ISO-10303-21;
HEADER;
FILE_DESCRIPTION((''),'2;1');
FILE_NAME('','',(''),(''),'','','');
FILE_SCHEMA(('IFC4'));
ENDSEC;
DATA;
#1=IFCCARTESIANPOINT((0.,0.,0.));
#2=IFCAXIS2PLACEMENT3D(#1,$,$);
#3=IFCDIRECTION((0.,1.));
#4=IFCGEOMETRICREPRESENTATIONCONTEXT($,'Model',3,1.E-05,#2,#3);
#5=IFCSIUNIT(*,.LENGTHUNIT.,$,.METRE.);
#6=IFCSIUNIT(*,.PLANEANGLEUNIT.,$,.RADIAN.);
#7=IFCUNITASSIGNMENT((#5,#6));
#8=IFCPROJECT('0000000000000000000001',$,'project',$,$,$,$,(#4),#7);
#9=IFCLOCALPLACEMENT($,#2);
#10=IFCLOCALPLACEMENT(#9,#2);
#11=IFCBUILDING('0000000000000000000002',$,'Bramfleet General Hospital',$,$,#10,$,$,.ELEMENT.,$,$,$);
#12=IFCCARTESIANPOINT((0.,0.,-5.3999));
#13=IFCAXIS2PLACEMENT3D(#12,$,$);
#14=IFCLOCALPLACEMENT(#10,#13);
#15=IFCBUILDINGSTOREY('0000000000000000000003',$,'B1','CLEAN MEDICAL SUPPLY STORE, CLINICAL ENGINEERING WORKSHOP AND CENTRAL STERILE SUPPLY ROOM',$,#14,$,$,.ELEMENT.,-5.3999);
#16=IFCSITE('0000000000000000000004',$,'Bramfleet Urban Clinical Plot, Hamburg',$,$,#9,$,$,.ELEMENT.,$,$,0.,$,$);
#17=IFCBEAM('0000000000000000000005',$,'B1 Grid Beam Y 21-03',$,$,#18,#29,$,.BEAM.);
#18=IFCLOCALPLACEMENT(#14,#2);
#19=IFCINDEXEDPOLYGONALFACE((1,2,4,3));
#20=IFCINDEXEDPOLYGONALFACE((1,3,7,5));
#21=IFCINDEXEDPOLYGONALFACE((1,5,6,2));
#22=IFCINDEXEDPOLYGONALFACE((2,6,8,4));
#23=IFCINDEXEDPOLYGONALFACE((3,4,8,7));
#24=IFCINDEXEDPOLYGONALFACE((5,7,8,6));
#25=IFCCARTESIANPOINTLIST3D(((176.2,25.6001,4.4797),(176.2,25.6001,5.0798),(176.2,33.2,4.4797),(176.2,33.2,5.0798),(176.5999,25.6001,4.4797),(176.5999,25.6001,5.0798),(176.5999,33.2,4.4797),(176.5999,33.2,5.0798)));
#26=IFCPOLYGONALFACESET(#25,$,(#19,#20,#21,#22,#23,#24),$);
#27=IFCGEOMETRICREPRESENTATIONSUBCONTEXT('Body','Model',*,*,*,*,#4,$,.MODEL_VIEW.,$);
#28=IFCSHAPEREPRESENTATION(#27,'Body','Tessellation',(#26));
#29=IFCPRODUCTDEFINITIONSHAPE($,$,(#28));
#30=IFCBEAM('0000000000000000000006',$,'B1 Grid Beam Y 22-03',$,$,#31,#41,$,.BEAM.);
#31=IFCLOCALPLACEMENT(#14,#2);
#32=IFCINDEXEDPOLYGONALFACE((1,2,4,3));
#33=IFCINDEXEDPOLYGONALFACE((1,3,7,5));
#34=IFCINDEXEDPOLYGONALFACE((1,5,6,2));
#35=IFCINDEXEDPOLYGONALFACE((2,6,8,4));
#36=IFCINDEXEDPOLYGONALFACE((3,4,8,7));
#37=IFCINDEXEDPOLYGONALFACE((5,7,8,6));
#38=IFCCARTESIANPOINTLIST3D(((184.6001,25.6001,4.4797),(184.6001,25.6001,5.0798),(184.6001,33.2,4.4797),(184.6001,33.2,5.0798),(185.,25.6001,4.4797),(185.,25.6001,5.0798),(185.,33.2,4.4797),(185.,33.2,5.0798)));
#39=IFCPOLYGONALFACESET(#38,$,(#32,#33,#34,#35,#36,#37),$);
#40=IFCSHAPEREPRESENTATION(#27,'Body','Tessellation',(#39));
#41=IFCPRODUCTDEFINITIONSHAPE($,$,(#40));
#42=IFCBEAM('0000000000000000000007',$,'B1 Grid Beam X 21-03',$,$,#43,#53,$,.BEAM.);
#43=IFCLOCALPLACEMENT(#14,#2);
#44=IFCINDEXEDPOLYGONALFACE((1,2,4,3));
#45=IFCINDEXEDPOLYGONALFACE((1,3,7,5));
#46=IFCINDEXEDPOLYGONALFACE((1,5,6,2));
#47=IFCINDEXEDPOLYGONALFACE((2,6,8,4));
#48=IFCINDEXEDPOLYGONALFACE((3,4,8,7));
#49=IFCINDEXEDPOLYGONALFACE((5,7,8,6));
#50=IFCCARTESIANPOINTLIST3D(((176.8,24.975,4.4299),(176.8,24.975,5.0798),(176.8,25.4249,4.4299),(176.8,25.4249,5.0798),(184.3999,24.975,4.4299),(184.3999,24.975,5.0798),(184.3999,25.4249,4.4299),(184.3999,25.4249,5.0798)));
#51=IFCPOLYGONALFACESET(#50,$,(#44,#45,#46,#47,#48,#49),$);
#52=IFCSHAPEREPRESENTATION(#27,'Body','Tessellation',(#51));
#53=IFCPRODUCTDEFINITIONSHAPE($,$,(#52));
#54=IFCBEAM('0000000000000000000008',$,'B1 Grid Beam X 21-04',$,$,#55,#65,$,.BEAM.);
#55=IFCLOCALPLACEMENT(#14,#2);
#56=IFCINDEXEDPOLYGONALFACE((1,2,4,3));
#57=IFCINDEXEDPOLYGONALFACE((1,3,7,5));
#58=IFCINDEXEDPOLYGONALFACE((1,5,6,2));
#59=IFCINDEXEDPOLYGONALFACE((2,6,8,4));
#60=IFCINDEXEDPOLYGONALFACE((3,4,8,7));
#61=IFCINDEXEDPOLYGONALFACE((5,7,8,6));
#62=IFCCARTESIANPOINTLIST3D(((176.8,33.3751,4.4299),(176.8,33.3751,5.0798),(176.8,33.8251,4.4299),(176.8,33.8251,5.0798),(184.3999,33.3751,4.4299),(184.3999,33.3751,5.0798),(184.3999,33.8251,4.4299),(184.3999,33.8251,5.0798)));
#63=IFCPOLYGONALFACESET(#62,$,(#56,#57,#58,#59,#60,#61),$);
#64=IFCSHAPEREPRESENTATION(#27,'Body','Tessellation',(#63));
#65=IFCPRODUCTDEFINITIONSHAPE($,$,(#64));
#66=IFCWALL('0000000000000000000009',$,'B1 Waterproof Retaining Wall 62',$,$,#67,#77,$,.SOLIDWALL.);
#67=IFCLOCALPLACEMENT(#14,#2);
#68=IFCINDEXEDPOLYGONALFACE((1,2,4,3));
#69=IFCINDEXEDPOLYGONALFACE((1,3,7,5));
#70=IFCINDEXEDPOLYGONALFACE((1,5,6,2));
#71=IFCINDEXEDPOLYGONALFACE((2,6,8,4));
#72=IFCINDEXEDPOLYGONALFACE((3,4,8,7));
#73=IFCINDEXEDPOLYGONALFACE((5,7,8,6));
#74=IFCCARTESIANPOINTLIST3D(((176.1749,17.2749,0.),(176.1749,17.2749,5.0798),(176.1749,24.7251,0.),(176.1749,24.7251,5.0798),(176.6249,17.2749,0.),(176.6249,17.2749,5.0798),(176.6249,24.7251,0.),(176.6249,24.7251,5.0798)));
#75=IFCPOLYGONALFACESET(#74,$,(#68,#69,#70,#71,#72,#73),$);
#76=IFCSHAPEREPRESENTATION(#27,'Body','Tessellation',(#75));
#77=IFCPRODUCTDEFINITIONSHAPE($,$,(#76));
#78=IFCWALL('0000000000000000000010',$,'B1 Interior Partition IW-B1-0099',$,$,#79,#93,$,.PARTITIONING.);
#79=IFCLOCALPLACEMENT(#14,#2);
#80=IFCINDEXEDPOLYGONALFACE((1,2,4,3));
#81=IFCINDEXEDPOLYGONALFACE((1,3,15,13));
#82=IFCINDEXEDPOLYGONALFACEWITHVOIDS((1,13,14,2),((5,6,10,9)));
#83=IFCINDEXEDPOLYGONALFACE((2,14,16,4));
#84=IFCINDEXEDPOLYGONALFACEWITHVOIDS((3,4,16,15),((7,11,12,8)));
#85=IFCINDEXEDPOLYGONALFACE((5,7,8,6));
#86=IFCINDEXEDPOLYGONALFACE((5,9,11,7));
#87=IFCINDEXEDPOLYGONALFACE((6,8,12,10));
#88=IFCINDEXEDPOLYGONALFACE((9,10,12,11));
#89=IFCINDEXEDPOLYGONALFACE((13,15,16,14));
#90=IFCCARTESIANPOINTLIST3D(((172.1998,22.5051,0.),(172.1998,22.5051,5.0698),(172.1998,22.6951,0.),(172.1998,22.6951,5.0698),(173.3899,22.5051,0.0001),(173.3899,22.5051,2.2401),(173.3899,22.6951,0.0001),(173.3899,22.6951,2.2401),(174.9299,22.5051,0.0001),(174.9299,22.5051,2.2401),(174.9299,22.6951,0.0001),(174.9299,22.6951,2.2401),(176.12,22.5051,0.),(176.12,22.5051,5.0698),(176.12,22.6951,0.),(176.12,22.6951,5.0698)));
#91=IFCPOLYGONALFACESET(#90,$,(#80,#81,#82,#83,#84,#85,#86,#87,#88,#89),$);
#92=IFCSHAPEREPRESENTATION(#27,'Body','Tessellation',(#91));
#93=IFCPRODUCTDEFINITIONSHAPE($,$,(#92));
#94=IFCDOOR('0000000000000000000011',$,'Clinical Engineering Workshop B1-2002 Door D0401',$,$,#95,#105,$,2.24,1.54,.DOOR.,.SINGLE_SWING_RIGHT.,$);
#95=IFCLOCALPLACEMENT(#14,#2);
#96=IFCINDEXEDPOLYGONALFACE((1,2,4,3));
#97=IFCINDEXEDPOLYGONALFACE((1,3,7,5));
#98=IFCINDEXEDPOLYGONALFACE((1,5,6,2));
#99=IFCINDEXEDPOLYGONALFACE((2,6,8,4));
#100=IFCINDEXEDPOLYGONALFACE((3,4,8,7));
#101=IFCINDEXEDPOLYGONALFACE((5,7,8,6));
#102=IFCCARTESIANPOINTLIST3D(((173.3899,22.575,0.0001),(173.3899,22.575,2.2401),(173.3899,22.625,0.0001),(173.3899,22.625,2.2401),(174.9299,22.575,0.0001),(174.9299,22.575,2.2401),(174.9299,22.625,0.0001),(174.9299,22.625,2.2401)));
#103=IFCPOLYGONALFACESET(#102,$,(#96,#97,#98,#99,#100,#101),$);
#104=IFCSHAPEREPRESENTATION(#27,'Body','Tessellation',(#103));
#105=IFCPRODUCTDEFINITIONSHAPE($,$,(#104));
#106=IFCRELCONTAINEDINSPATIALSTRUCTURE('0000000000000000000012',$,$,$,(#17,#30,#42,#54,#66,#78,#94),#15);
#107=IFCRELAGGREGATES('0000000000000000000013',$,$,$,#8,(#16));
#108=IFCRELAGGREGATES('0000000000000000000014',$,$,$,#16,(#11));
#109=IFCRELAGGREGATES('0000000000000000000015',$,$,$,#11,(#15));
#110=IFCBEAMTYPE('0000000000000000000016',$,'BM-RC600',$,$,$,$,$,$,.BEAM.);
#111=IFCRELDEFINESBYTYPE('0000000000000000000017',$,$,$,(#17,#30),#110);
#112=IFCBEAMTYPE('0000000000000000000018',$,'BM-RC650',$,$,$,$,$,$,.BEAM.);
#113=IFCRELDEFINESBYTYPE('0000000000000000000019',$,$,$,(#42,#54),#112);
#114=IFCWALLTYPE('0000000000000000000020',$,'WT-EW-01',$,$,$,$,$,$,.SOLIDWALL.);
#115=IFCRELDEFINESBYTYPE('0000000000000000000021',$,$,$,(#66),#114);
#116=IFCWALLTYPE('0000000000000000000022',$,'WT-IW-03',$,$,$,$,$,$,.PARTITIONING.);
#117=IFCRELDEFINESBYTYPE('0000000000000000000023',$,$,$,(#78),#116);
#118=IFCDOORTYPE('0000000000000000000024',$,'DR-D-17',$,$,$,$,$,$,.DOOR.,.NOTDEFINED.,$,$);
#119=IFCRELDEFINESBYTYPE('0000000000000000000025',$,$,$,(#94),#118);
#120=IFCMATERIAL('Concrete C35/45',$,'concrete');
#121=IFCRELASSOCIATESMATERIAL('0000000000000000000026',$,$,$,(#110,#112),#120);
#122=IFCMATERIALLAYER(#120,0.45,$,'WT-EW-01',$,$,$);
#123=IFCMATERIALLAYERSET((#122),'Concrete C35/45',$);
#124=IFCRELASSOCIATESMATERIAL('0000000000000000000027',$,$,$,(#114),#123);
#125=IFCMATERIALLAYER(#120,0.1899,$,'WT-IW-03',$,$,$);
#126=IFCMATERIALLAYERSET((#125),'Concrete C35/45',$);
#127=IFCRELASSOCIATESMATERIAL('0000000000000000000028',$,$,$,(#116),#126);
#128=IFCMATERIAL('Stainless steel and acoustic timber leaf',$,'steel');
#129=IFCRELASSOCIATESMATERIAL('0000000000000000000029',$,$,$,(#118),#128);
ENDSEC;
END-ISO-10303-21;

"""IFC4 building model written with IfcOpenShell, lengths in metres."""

from ifc_helpers import new_model, si_unit, direction, frame, frame_2d, origin, origin_2d, place, context, subcontext, project, spatial, rectangle, extrude, material, layer, layer_set, material_profile, profile_set, type_object, element, fill, save


model = new_model("IFC4")

# Units and contexts
model_context = context("Model", 3, precision=1e-05, world=origin(), true_north=direction((0.0, 1.0)))
body_context = subcontext(model_context, "Body", "Model", "MODEL_VIEW")
ifc_project = project(units=[si_unit("LENGTHUNIT", "METRE"), si_unit("PLANEANGLEUNIT", "RADIAN")], contexts=[model_context])

# Site, building, storey
site_placement = place(None, origin())
site = spatial("IfcSite", under=ifc_project, at=site_placement, Name="Bramfleet Urban Clinical Plot, Hamburg", CompositionType="ELEMENT", RefElevation=0.0)
building_placement = place(site_placement, origin())
building = spatial("IfcBuilding", under=site, at=building_placement, Name="Bramfleet General Hospital", CompositionType="ELEMENT")
storey_placement = place(building_placement, frame((0.0, 0.0, -5.3999)))
storey = spatial("IfcBuildingStorey", under=building, at=storey_placement, Name="B1", Description="CLEAN MEDICAL SUPPLY STORE, CLINICAL ENGINEERING WORKSHOP AND CENTRAL STERILE SUPPLY ROOM", CompositionType="ELEMENT", Elevation=-5.3999)

# Shared definitions
ifc_material_1 = material(Name="Concrete C35/45", Category="concrete")

# Beams
ifc_material_profile_1 = material_profile(ifc_material_1, rectangle(XDim=0.3999, YDim=0.6001, at=origin_2d()), Name="RC BM 600x400")
ifc_profile_set_1 = profile_set([ifc_material_profile_1], Name="Concrete C35/45")
beam_type_1 = type_object("IfcBeamType", Name="BM-RC600", PredefinedType="BEAM", material=ifc_profile_set_1)
for number, where, z_axis, x_axis, name in (
    (1, (176.3999, 25.6001, 4.7798), (0.0, 1.0, 0.0), (-1.0, 0.0, 0.0), "B1 Grid Beam Y 21-03"),
    (2, (184.8, 25.6001, 4.7798), (0.0, 1.0, 0.0), (-1.0, 0.0, 0.0), "B1 Grid Beam Y 22-03"),
):
    element("IfcBeam", number, at=place(storey_placement, frame(where, z_axis=z_axis, x_axis=x_axis)), inside=storey, type_object=beam_type_1, Name=name, PredefinedType="BEAM", context=body_context, shape_type="SweptSolid", body=[
        extrude(rectangle(XDim=0.3999, YDim=0.6001, at=origin_2d()), origin(), (0.0, 0.0, 1.0), 7.5999),
    ])
ifc_material_profile_2 = material_profile(ifc_material_1, rectangle(XDim=0.45, YDim=0.6499, at=origin_2d()), Name="RC BM 650x450")
ifc_profile_set_2 = profile_set([ifc_material_profile_2], Name="Concrete C35/45")
beam_type_2 = type_object("IfcBeamType", Name="BM-RC650", PredefinedType="BEAM", material=ifc_profile_set_2)
for number, where, z_axis, x_axis, name in (
    (3, (176.8, 25.2, 4.7549), (1.0, 0.0, 0.0), (0.0, 1.0, 0.0), "B1 Grid Beam X 21-03"),
    (4, (176.8, 33.6001, 4.7549), (1.0, 0.0, 0.0), (0.0, 1.0, 0.0), "B1 Grid Beam X 21-04"),
):
    element("IfcBeam", number, at=place(storey_placement, frame(where, z_axis=z_axis, x_axis=x_axis)), inside=storey, type_object=beam_type_2, Name=name, PredefinedType="BEAM", context=body_context, shape_type="SweptSolid", body=[
        extrude(rectangle(XDim=0.45, YDim=0.6499, at=origin_2d()), origin(), (0.0, 0.0, 1.0), 7.5999),
    ])

# Wall
ifc_layer_1 = layer(ifc_material_1, 0.45, Name="WT-EW-01")
ifc_layer_set_1 = layer_set([ifc_layer_1], Name="Concrete C35/45")
wall_type_1 = type_object("IfcWallType", Name="WT-EW-01", PredefinedType="SOLIDWALL", material=ifc_layer_set_1)
wall_1_placement = place(storey_placement, frame((176.3999, 24.7251, 0.0), z_axis=(0.0, 0.0, 1.0), x_axis=(0.0, -1.0, 0.0)))
element("IfcWall", 5, at=wall_1_placement, inside=storey, type_object=wall_type_1, Name="B1 Waterproof Retaining Wall 62", PredefinedType="SOLIDWALL", context=body_context, shape_type="SweptSolid", body=[
    extrude(rectangle(XDim=7.4502, YDim=0.45, at=frame_2d((3.7251, 0.0))), origin(), (0.0, 0.0, 1.0), 5.0798),
])

# Wall, opening, door
ifc_layer_2 = layer(ifc_material_1, 0.1899, Name="WT-IW-03")
ifc_layer_set_2 = layer_set([ifc_layer_2], Name="Concrete C35/45")
wall_type_2 = type_object("IfcWallType", Name="WT-IW-03", PredefinedType="PARTITIONING", material=ifc_layer_set_2)
wall_2_placement = place(storey_placement, frame((172.2, 22.6001, 0.0), z_axis=(0.0, 0.0, 1.0), x_axis=(1.0, 0.0, 0.0)))
wall_2 = element("IfcWall", 6, at=wall_2_placement, inside=storey, type_object=wall_type_2, Name="B1 Interior Partition IW-B1-0099", PredefinedType="PARTITIONING", context=body_context, shape_type="SweptSolid", body=[
    extrude(rectangle(XDim=3.9202, YDim=0.1899, at=frame_2d((1.96, 0.0))), origin(), (0.0, 0.0, 1.0), 5.0698),
])
opening_placement = place(wall_2_placement, frame((1.1899, 0.0, 0.0)))
opening = element("IfcOpeningElement", 7, at=opening_placement, cuts=wall_2, PredefinedType="OPENING", context=body_context, shape_type="SweptSolid", body=[
    extrude(rectangle(XDim=1.54, YDim=2.24, at=frame_2d((0.77, 1.1201))), frame((0.0, 0.105, 0.0), z_axis=(0.0, -1.0, 0.0), x_axis=(1.0, 0.0, 0.0)), (0.0, 0.0, 1.0), 0.21),
])
ifc_material_2 = material(Name="Stainless steel and acoustic timber leaf", Category="steel")
door_type = type_object("IfcDoorType", Name="DR-D-17", OperationType="NOTDEFINED", PredefinedType="DOOR", material=ifc_material_2)
door_placement = place(opening_placement, origin())
door = element("IfcDoor", 8, at=door_placement, inside=storey, type_object=door_type, Name="Clinical Engineering Workshop B1-2002 Door D0401", OperationType="SINGLE_SWING_RIGHT", OverallHeight=2.24, OverallWidth=1.54, PredefinedType="DOOR", context=body_context, shape_type="SweptSolid", body=[
    extrude(rectangle(XDim=1.54, YDim=2.24, at=frame_2d((0.77, 1.1201))), frame((0.0, 0.0249, 0.0), z_axis=(0.0, -1.0, 0.0), x_axis=(1.0, 0.0, 0.0)), (0.0, 0.0, 1.0), 0.05),
])
fill(opening, door)

save(model, "model.ifc")
